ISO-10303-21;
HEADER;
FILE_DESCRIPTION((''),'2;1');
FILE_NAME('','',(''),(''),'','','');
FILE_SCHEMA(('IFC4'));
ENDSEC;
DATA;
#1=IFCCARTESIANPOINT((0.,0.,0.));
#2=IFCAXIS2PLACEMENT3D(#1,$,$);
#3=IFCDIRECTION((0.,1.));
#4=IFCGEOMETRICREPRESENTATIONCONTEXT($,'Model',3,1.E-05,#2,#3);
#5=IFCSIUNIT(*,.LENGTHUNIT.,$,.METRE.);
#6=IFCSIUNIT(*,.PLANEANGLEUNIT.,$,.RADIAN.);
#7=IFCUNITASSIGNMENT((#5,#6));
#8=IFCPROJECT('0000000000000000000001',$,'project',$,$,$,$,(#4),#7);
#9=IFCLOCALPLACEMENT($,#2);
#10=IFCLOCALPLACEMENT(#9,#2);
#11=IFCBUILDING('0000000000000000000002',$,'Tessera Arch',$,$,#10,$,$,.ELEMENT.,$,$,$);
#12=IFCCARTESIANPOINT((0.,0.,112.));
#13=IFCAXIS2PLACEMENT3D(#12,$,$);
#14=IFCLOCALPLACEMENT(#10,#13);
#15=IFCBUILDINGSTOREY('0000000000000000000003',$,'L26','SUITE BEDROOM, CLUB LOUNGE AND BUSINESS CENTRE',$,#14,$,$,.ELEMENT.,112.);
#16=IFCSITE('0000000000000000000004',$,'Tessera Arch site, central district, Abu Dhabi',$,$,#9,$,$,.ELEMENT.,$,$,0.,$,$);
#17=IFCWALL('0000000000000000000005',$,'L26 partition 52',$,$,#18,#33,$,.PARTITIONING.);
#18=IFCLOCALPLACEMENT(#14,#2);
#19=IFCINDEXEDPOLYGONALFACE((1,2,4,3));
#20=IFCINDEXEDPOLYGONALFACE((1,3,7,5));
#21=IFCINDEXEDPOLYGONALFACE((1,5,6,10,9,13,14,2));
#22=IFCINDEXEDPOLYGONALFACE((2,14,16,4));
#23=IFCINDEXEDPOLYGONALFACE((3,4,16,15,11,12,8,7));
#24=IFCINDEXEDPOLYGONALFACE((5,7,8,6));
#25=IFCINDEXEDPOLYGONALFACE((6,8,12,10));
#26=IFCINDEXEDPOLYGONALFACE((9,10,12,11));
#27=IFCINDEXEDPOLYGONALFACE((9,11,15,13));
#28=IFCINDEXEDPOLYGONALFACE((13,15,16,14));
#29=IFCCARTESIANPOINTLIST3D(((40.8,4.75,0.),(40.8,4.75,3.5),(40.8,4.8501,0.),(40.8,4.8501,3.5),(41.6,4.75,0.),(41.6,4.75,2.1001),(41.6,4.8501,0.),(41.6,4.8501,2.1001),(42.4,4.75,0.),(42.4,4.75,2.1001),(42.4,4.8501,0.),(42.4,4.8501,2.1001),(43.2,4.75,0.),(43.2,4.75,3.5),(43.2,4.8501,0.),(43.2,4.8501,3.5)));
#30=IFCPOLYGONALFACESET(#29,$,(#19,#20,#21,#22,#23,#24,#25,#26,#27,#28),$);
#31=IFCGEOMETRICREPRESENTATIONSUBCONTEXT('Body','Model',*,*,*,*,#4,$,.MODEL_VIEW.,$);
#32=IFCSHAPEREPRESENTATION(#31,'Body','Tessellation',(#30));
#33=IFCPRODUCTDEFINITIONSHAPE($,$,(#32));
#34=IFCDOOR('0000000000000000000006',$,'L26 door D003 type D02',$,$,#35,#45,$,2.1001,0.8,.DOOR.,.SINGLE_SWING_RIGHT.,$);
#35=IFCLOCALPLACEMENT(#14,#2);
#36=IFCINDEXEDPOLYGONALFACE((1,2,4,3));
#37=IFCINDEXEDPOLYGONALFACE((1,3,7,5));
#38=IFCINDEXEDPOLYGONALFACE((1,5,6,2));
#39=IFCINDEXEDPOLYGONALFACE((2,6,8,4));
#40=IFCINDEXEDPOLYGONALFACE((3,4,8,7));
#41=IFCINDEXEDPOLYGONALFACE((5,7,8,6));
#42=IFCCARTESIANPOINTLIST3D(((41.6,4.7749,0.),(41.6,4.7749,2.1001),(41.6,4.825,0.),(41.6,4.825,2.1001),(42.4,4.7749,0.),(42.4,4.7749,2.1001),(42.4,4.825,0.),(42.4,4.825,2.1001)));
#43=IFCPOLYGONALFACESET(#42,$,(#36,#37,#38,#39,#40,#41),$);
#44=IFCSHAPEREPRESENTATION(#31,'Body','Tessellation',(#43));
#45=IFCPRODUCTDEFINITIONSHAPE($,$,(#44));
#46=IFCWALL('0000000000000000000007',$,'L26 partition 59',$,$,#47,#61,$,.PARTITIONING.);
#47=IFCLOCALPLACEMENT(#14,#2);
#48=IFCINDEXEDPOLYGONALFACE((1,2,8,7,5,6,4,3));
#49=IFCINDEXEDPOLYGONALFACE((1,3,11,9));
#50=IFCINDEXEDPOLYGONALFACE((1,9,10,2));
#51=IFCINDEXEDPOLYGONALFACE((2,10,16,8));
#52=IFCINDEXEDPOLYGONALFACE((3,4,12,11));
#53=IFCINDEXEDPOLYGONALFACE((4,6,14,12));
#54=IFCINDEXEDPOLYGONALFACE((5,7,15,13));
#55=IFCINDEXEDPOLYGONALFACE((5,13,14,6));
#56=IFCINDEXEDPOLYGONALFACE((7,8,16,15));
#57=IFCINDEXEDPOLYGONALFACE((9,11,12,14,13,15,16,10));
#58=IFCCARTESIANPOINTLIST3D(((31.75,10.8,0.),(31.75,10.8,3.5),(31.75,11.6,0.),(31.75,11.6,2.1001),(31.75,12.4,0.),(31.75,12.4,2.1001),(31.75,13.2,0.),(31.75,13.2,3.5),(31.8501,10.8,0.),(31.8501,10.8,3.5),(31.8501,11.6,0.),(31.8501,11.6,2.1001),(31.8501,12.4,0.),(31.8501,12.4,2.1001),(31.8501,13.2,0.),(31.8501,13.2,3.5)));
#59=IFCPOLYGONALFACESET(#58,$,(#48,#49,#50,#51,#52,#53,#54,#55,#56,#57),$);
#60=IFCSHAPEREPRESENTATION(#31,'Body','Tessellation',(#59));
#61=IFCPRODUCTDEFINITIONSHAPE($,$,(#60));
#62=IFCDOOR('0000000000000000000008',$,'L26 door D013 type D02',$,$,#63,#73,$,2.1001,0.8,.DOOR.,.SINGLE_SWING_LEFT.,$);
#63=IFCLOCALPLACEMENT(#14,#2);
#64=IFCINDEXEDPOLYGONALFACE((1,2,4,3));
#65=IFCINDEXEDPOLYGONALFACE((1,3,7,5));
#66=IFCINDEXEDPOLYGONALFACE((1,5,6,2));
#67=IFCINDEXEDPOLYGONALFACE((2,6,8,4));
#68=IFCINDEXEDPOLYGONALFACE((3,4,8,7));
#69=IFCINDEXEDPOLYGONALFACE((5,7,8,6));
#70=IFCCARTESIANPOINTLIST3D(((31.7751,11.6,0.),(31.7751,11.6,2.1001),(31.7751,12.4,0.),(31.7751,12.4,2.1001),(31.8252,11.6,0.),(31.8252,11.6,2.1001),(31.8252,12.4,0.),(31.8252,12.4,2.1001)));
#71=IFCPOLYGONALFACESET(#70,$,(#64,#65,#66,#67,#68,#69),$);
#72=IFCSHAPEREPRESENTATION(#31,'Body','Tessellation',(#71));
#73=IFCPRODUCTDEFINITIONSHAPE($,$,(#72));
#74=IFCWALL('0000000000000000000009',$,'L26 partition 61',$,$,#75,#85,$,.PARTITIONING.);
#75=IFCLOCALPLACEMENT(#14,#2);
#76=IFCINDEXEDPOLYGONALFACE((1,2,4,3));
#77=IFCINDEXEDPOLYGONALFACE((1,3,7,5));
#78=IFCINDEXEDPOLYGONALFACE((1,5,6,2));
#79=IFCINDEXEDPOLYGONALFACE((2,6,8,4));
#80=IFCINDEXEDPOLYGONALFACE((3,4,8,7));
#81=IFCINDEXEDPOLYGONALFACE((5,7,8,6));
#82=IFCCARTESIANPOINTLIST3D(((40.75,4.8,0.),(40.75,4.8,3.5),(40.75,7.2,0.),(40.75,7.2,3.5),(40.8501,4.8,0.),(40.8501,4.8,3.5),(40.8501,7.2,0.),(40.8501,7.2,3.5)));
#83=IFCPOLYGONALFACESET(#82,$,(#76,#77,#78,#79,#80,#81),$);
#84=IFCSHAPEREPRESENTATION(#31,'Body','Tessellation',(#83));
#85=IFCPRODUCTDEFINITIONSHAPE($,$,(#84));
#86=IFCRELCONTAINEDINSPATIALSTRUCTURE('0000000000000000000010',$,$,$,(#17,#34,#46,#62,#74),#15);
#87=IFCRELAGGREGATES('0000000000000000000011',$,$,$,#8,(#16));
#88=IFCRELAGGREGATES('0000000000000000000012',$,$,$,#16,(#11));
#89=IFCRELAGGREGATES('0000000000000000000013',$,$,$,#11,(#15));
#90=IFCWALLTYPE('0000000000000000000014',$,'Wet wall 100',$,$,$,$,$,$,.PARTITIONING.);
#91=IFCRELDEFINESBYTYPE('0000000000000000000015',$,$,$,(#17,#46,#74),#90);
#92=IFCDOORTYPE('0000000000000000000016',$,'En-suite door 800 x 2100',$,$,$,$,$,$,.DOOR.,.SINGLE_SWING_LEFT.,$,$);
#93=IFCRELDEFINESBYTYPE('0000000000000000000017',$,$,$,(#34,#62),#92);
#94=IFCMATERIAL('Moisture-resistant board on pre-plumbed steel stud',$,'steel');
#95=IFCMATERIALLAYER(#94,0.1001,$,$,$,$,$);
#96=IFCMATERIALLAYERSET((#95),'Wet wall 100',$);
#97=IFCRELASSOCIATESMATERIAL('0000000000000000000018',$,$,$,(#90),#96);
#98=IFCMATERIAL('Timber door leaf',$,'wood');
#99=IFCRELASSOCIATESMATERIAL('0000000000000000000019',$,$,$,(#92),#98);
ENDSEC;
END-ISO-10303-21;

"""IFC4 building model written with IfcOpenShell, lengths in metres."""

from ifc_helpers import new_model, si_unit, direction, frame, frame_2d, origin, place, context, subcontext, project, spatial, rectangle, extrude, material, layer, layer_set, type_object, element, fill, save


model = new_model("IFC4")

# Units and contexts
model_context = context("Model", 3, precision=1e-05, world=origin(), true_north=direction((0.0, 1.0)))
body_context = subcontext(model_context, "Body", "Model", "MODEL_VIEW")
ifc_project = project(units=[si_unit("LENGTHUNIT", "METRE"), si_unit("PLANEANGLEUNIT", "RADIAN")], contexts=[model_context])

# Site, building, storey
site_placement = place(None, origin())
site = spatial("IfcSite", under=ifc_project, at=site_placement, Name="Tessera Arch site, central district, Abu Dhabi", CompositionType="ELEMENT", RefElevation=0.0)
building_placement = place(site_placement, origin())
building = spatial("IfcBuilding", under=site, at=building_placement, Name="Tessera Arch", CompositionType="ELEMENT")
storey_placement = place(building_placement, frame((0.0, 0.0, 112.0)))
storey = spatial("IfcBuildingStorey", under=building, at=storey_placement, Name="L26", Description="SUITE BEDROOM, CLUB LOUNGE AND BUSINESS CENTRE", CompositionType="ELEMENT", Elevation=112.0)

# Walls, openings, doors
ifc_material_1 = material(Name="Moisture-resistant board on pre-plumbed steel stud", Category="steel")
ifc_layer_1 = layer(ifc_material_1, 0.1001)
ifc_layer_set_1 = layer_set([ifc_layer_1], Name="Wet wall 100")
wall_type_1 = type_object("IfcWallType", Name="Wet wall 100", PredefinedType="PARTITIONING", material=ifc_layer_set_1)
wall_1_placement = place(storey_placement, frame((40.8, 4.8, 0.0), z_axis=(0.0, 0.0, 1.0), x_axis=(1.0, 0.0, 0.0)))
wall_1 = element("IfcWall", 1, at=wall_1_placement, inside=storey, type_object=wall_type_1, Name="L26 partition 52", PredefinedType="PARTITIONING", context=body_context, shape_type="SweptSolid", body=[
    extrude(rectangle(XDim=2.3999, YDim=0.1001, at=frame_2d((1.2, 0.0))), origin(), (0.0, 0.0, 1.0), 3.5),
])
opening_1_placement = place(wall_1_placement, frame((0.8, 0.0, 0.0)))
opening_1 = element("IfcOpeningElement", 2, at=opening_1_placement, cuts=wall_1, PredefinedType="OPENING", context=body_context, shape_type="SweptSolid", body=[
    extrude(rectangle(XDim=0.8, YDim=2.1001, at=frame_2d((0.3999, 1.05))), frame((0.0, 0.0601, 0.0), z_axis=(0.0, -1.0, 0.0), x_axis=(1.0, 0.0, 0.0)), (0.0, 0.0, 1.0), 0.1201),
])
ifc_material_2 = material(Name="Timber door leaf", Category="wood")
door_type_1 = type_object("IfcDoorType", Name="En-suite door 800 x 2100", OperationType="SINGLE_SWING_LEFT", PredefinedType="DOOR", material=ifc_material_2)
door_1_placement = place(opening_1_placement, origin())
door_1 = element("IfcDoor", 3, at=door_1_placement, inside=storey, type_object=door_type_1, Name="L26 door D003 type D02", OperationType="SINGLE_SWING_RIGHT", OverallHeight=2.1001, OverallWidth=0.8, PredefinedType="DOOR", context=body_context, shape_type="SweptSolid", body=[
    extrude(rectangle(XDim=0.8, YDim=2.1001, at=frame_2d((0.3999, 1.05))), frame((0.0, 0.0249, 0.0), z_axis=(0.0, -1.0, 0.0), x_axis=(1.0, 0.0, 0.0)), (0.0, 0.0, 1.0), 0.05),
])
fill(opening_1, door_1)
wall_2_placement = place(storey_placement, frame((31.8, 10.8, 0.0), z_axis=(0.0, 0.0, 1.0), x_axis=(0.0, 1.0, 0.0)))
wall_2 = element("IfcWall", 4, at=wall_2_placement, inside=storey, type_object=wall_type_1, Name="L26 partition 59", PredefinedType="PARTITIONING", context=body_context, shape_type="SweptSolid", body=[
    extrude(rectangle(XDim=2.3999, YDim=0.1001, at=frame_2d((1.2, 0.0))), origin(), (0.0, 0.0, 1.0), 3.5),
])
opening_2_placement = place(wall_2_placement, frame((0.8, 0.0, 0.0)))
opening_2 = element("IfcOpeningElement", 5, at=opening_2_placement, cuts=wall_2, PredefinedType="OPENING", context=body_context, shape_type="SweptSolid", body=[
    extrude(rectangle(XDim=0.8, YDim=2.1001, at=frame_2d((0.3999, 1.05))), frame((0.0, 0.0601, 0.0), z_axis=(0.0, -1.0, 0.0), x_axis=(1.0, 0.0, 0.0)), (0.0, 0.0, 1.0), 0.1201),
])
door_2_placement = place(opening_2_placement, origin())
door_2 = element("IfcDoor", 6, at=door_2_placement, inside=storey, type_object=door_type_1, Name="L26 door D013 type D02", OperationType="SINGLE_SWING_LEFT", OverallHeight=2.1001, OverallWidth=0.8, PredefinedType="DOOR", context=body_context, shape_type="SweptSolid", body=[
    extrude(rectangle(XDim=0.8, YDim=2.1001, at=frame_2d((0.3999, 1.05))), frame((0.0, 0.0249, 0.0), z_axis=(0.0, -1.0, 0.0), x_axis=(1.0, 0.0, 0.0)), (0.0, 0.0, 1.0), 0.05),
])
fill(opening_2, door_2)

# Wall
wall_3_placement = place(storey_placement, frame((40.8, 4.8, 0.0), z_axis=(0.0, 0.0, 1.0), x_axis=(0.0, 1.0, 0.0)))
element("IfcWall", 7, at=wall_3_placement, inside=storey, type_object=wall_type_1, Name="L26 partition 61", PredefinedType="PARTITIONING", context=body_context, shape_type="SweptSolid", body=[
    extrude(rectangle(XDim=2.3999, YDim=0.1001, at=frame_2d((1.2, 0.0))), origin(), (0.0, 0.0, 1.0), 3.5),
])

save(model, "model.ifc")
